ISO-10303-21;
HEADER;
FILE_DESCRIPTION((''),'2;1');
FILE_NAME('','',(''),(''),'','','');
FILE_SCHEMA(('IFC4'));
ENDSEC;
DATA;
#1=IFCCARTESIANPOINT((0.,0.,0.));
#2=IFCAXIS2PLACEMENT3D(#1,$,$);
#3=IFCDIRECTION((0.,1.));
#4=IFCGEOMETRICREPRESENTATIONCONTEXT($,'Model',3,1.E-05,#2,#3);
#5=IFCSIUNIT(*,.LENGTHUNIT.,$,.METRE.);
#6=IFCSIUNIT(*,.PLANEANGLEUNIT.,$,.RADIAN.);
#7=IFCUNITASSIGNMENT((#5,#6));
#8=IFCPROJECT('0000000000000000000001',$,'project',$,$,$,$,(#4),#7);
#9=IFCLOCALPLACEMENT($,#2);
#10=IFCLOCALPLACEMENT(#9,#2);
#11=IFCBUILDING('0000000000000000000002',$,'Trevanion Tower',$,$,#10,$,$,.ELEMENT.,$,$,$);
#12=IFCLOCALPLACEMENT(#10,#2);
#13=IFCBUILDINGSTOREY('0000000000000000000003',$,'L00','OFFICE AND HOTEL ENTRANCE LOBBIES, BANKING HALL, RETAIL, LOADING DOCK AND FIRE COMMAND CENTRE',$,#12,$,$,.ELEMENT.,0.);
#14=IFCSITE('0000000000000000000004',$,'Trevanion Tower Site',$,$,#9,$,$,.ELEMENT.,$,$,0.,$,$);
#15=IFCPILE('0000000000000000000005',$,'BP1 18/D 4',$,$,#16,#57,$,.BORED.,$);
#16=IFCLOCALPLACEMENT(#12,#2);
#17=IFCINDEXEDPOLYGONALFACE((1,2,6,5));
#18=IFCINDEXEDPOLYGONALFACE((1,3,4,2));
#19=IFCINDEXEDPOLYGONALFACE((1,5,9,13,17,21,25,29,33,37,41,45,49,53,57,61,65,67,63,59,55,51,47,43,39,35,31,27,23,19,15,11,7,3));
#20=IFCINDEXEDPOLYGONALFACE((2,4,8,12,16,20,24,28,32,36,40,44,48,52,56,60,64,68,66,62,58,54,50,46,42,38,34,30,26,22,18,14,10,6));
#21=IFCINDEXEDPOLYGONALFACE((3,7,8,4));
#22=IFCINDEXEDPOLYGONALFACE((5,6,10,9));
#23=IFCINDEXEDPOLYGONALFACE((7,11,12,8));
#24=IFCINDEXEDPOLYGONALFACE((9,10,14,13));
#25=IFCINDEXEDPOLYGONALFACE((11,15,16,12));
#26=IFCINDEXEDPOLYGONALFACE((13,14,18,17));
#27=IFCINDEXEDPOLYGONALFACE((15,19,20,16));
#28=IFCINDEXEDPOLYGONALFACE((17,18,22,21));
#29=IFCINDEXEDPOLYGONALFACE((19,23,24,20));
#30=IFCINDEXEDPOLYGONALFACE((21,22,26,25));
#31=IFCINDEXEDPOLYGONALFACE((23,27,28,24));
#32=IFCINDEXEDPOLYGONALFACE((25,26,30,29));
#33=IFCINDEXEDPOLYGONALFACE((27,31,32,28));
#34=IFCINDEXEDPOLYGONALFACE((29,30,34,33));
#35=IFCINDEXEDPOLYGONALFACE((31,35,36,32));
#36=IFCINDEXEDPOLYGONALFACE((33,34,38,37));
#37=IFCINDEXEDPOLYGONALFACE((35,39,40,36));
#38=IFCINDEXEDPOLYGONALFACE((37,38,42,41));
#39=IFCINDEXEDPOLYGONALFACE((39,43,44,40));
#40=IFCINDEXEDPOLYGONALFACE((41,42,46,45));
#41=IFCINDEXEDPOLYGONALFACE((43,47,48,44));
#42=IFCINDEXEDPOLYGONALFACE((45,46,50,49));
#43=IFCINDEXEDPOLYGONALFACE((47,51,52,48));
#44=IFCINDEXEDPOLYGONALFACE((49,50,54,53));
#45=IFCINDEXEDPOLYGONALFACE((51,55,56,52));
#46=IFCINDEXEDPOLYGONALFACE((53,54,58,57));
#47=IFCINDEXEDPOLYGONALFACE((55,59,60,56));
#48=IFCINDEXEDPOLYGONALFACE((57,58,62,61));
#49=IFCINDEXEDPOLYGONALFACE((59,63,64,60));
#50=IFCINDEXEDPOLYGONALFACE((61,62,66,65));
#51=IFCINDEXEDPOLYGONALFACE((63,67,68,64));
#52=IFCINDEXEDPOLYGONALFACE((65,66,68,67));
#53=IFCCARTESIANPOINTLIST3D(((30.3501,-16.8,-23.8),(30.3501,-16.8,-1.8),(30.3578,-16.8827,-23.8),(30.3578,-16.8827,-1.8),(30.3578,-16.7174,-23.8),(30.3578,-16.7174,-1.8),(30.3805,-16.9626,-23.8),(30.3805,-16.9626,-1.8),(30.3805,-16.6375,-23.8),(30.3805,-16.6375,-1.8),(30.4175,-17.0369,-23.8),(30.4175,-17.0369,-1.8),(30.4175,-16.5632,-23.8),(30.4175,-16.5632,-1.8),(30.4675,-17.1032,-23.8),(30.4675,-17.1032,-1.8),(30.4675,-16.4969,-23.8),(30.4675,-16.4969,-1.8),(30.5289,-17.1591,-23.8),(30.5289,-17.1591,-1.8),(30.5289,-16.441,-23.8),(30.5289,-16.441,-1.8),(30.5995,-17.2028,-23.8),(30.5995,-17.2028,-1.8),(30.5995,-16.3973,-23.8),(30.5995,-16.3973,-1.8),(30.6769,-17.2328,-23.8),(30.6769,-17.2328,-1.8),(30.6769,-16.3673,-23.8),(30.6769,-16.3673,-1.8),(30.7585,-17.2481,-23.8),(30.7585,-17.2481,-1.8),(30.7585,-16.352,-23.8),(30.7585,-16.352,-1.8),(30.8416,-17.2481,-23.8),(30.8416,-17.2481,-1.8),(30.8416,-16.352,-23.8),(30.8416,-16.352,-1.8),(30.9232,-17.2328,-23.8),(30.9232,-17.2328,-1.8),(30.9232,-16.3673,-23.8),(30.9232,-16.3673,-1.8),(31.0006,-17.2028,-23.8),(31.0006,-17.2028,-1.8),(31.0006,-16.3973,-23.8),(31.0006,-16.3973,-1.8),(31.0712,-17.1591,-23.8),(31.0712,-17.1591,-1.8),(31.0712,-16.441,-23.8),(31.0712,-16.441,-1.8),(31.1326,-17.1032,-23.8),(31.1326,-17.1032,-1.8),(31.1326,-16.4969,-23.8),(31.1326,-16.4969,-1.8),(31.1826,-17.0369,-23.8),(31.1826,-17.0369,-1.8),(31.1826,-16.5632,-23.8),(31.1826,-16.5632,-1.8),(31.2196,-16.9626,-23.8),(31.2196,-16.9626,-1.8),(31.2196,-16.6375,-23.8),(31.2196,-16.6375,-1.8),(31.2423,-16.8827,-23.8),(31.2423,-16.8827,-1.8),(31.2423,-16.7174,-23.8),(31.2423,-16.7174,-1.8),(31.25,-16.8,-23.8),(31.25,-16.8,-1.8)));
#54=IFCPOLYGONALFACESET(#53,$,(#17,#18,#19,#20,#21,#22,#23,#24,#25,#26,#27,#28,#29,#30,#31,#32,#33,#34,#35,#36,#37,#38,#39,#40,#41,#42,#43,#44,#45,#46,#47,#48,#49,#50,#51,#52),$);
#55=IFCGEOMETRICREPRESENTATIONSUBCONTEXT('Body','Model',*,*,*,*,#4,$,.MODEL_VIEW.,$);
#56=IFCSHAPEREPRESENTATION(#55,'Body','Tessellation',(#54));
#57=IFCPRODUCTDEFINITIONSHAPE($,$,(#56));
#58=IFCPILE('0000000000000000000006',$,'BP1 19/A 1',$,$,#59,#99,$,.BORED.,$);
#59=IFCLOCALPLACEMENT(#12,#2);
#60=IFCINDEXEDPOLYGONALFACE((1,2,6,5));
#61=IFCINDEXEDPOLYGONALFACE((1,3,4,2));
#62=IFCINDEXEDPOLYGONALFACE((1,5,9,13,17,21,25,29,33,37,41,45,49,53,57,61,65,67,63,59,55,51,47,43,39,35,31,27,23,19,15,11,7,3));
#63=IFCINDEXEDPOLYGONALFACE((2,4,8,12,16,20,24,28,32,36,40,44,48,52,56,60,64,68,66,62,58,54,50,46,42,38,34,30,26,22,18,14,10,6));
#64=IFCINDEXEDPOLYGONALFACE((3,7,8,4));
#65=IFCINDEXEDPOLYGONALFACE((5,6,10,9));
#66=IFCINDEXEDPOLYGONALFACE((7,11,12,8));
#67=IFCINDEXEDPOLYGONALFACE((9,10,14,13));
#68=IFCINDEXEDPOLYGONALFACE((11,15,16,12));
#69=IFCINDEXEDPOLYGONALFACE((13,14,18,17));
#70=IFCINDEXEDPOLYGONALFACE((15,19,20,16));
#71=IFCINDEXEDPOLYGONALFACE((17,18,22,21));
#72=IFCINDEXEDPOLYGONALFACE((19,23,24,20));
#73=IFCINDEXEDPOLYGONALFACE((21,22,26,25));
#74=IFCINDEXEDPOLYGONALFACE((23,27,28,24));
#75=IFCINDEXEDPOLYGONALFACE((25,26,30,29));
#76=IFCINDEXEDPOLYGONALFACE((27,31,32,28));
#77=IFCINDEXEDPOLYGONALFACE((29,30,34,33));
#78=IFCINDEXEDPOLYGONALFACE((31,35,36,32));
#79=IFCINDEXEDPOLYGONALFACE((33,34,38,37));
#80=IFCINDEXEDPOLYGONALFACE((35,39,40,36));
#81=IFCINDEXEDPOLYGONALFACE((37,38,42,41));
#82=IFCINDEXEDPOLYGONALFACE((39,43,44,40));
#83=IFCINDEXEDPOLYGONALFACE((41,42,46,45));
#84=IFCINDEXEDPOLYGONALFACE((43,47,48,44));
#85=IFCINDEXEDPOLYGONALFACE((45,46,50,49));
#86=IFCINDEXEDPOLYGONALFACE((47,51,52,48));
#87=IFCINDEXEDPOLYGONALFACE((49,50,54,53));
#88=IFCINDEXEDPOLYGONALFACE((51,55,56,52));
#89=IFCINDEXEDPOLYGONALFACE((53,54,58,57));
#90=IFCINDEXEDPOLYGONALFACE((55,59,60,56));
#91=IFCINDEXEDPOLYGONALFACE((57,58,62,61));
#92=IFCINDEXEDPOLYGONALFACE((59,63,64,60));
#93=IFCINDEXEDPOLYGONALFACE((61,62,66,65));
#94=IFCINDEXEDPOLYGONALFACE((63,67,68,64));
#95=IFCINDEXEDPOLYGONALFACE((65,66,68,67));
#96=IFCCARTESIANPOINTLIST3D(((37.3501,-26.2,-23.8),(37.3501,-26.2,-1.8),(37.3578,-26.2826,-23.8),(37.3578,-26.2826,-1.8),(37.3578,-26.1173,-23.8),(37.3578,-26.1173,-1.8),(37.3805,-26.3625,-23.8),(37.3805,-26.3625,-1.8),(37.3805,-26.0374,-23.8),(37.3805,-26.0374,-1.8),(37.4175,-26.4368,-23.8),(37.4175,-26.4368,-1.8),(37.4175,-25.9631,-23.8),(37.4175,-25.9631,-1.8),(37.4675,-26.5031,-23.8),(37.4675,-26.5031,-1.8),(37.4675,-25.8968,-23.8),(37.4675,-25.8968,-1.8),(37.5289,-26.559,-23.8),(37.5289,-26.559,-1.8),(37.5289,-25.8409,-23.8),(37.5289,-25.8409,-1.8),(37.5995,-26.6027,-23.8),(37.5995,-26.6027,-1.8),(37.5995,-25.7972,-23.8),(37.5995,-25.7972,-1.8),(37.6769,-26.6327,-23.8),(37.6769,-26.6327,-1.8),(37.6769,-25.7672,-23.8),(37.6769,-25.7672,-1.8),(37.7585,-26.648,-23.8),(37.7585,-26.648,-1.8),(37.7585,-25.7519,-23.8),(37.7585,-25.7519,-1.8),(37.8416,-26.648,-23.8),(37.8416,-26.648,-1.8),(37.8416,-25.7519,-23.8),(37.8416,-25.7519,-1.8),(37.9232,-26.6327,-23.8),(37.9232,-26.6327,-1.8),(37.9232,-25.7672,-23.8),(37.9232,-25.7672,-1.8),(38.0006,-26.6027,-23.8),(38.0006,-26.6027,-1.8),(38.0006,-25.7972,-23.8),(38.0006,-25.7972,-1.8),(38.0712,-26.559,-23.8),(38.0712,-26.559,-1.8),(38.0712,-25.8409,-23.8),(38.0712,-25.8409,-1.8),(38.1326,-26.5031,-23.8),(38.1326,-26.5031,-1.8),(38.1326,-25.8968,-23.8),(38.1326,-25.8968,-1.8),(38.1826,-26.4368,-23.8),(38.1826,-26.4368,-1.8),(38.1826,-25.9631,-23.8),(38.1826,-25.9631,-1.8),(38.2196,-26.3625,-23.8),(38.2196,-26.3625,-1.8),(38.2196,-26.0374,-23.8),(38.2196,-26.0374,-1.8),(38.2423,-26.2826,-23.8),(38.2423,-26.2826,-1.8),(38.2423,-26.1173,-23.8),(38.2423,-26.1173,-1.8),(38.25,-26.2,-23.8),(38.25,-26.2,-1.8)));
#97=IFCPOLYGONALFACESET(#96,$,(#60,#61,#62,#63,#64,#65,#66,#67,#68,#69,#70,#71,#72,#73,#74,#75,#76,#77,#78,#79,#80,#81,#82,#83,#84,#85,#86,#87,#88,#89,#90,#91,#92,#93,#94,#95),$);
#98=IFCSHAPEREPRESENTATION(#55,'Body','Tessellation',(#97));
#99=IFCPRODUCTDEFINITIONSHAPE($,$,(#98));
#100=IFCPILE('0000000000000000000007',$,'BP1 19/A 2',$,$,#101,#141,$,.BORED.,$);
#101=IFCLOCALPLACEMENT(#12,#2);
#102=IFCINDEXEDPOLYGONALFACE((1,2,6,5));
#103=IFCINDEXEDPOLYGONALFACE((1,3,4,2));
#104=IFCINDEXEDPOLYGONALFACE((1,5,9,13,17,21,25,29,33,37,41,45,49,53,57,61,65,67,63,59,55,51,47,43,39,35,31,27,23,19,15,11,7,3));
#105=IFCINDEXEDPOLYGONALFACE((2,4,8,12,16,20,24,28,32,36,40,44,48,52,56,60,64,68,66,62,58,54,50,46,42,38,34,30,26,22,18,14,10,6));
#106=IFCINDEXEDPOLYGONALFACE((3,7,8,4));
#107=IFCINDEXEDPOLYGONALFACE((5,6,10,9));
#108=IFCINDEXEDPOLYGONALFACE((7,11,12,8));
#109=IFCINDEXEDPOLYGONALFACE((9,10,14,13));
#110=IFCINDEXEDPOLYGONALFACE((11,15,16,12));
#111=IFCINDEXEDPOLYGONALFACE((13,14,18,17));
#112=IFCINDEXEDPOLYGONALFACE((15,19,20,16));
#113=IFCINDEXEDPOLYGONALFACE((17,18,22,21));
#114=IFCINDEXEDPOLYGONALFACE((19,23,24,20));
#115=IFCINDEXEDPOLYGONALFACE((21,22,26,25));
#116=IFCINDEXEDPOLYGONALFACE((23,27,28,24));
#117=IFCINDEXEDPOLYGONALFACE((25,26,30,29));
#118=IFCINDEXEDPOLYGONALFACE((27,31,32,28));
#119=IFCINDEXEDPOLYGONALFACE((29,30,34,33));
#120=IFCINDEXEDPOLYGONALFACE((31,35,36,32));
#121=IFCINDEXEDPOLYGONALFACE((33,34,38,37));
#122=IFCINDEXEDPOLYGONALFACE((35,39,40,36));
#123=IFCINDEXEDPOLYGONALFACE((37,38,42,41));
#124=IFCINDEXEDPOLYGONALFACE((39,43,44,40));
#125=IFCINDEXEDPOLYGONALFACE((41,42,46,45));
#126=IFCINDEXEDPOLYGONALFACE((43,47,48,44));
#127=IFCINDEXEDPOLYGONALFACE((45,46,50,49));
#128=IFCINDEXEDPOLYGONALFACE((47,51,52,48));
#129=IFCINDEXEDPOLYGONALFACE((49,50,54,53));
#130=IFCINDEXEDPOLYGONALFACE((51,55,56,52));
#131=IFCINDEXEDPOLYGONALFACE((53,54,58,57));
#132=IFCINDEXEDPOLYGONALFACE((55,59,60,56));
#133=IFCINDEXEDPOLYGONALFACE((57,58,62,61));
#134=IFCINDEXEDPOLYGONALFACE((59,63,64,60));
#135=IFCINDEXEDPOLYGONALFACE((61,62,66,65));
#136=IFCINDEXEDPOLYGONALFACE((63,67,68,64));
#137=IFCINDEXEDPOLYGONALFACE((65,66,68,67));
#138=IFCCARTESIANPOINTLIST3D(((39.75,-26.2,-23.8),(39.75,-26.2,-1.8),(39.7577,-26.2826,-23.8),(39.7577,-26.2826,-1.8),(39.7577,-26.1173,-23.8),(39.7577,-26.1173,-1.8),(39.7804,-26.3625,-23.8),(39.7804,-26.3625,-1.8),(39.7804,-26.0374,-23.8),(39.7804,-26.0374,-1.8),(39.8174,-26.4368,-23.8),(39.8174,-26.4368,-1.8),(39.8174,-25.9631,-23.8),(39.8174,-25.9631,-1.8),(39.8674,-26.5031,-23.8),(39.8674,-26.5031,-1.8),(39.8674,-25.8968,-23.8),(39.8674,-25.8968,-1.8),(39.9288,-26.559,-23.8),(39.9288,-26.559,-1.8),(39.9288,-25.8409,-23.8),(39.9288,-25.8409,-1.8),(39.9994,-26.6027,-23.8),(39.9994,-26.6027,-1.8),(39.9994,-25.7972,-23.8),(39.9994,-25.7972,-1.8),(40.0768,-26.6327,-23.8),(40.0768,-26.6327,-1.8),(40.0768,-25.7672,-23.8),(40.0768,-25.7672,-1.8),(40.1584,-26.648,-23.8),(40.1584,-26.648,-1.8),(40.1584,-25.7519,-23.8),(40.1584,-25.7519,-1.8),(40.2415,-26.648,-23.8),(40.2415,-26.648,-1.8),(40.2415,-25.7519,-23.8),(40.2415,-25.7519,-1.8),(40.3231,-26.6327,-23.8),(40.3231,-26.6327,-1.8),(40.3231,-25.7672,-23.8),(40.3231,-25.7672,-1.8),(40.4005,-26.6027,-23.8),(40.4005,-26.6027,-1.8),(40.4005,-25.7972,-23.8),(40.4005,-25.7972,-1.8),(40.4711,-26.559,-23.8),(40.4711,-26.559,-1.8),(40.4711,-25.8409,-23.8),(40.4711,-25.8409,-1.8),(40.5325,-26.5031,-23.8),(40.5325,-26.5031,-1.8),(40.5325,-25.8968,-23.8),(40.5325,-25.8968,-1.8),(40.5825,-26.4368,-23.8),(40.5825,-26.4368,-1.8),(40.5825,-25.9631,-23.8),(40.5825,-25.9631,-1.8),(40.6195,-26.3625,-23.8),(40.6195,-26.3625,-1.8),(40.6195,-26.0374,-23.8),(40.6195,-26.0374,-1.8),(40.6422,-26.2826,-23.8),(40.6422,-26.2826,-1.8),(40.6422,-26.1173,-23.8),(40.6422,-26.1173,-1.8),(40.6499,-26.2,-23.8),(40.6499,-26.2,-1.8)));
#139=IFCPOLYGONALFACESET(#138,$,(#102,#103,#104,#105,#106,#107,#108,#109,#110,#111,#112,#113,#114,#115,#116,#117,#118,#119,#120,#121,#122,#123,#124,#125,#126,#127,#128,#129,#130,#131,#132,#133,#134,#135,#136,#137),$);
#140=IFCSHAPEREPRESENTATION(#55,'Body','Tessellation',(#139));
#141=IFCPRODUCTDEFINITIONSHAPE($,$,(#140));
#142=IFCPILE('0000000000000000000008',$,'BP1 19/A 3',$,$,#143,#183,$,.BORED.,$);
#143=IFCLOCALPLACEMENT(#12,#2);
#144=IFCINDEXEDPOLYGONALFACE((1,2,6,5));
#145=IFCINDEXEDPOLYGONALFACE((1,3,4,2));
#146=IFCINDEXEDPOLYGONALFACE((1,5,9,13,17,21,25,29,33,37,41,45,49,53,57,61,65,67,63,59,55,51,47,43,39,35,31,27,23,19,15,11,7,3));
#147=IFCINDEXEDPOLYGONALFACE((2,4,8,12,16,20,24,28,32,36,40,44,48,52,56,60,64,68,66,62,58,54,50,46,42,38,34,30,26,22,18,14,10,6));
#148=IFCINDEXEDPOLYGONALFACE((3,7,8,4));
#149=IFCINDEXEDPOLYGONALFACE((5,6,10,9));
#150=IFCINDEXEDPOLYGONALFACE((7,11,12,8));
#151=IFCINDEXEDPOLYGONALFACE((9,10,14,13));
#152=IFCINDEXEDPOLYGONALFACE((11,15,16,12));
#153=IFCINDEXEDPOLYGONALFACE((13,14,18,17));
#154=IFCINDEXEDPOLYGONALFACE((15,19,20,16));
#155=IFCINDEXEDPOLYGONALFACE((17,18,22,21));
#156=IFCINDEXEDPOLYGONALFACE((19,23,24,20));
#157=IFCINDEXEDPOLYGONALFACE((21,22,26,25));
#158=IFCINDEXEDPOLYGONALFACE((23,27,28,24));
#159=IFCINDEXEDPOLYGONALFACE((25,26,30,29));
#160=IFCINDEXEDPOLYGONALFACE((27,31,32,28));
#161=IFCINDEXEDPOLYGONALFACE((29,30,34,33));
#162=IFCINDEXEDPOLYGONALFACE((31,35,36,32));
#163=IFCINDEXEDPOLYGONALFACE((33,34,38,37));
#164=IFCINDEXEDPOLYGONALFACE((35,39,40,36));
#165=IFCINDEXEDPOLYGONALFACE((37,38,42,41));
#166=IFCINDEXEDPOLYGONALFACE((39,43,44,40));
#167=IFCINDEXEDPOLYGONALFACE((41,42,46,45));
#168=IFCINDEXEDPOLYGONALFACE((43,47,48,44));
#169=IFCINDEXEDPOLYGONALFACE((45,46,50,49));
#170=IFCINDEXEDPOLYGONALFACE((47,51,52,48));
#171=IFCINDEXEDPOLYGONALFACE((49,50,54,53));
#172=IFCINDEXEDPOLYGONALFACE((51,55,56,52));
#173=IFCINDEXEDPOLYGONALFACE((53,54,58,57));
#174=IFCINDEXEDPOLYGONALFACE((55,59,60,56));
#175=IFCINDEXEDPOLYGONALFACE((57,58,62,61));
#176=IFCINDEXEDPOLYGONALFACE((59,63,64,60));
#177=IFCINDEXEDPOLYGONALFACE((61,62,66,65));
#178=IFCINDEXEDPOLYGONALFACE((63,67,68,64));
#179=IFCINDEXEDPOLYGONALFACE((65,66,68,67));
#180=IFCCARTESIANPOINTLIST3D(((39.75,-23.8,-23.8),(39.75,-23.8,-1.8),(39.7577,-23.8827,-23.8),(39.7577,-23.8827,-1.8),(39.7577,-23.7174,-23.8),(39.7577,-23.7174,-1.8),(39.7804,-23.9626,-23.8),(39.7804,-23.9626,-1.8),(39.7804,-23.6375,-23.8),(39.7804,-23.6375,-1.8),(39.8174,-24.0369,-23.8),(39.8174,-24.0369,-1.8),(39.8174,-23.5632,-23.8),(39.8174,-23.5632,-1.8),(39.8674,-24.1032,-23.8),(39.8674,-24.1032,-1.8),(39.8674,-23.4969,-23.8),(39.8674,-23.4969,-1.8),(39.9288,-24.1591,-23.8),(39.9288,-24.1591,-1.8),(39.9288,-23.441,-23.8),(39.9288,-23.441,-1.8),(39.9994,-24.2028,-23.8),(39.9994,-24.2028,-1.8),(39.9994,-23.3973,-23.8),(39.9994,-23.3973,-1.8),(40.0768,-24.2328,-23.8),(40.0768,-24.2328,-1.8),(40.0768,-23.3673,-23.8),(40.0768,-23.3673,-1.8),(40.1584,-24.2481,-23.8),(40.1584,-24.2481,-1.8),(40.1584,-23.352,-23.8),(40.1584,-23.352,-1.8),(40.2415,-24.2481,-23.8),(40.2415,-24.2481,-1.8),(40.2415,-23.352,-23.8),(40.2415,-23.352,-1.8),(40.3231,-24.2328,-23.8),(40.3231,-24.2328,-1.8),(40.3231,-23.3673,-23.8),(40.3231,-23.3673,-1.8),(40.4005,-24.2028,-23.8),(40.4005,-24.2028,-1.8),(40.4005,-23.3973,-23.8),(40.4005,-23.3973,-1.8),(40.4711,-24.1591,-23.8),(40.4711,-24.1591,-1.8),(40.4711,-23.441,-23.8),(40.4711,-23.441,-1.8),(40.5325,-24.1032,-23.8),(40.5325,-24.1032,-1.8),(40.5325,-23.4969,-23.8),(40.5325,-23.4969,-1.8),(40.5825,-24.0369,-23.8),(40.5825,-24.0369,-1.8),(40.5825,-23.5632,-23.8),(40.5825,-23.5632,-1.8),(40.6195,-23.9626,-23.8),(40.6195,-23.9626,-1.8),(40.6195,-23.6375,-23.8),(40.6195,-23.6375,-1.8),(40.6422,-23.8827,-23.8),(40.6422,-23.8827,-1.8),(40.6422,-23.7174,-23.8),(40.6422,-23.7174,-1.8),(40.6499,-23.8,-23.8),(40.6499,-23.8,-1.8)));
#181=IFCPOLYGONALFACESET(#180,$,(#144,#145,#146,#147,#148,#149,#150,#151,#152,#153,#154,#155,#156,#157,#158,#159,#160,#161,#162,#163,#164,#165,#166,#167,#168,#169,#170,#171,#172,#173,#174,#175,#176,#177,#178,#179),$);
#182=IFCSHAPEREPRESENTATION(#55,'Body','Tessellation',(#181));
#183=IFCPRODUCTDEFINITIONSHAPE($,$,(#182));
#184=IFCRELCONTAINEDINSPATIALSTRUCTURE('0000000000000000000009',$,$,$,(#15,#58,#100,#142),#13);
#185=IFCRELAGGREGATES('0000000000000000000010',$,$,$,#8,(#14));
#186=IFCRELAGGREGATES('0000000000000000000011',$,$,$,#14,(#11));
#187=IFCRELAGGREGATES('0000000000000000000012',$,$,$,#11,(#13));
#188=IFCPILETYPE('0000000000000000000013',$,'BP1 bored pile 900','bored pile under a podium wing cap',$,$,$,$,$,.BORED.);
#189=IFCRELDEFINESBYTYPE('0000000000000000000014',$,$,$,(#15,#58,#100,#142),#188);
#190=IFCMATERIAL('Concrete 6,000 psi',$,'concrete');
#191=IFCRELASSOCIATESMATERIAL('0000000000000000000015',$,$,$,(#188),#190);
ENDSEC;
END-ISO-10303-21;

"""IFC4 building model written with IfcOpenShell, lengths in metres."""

from ifc_helpers import new_model, si_unit, direction, frame, origin, origin_2d, place, context, subcontext, project, spatial, circle, extrude, material, material_profile, profile_set, type_object, element, save


model = new_model("IFC4")

# Units and contexts
model_context = context("Model", 3, precision=1e-05, world=origin(), true_north=direction((0.0, 1.0)))
body_context = subcontext(model_context, "Body", "Model", "MODEL_VIEW")
ifc_project = project(units=[si_unit("LENGTHUNIT", "METRE"), si_unit("PLANEANGLEUNIT", "RADIAN")], contexts=[model_context])

# Site, building, storey
site_placement = place(None, origin())
site = spatial("IfcSite", under=ifc_project, at=site_placement, Name="Trevanion Tower Site", CompositionType="ELEMENT", RefElevation=0.0)
building_placement = place(site_placement, origin())
building = spatial("IfcBuilding", under=site, at=building_placement, Name="Trevanion Tower", CompositionType="ELEMENT")
storey_placement = place(building_placement, origin())
storey = spatial("IfcBuildingStorey", under=building, at=storey_placement, Name="L00", Description="OFFICE AND HOTEL ENTRANCE LOBBIES, BANKING HALL, RETAIL, LOADING DOCK AND FIRE COMMAND CENTRE", CompositionType="ELEMENT", Elevation=0.0)

# Piles
ifc_material_1 = material(Name="Concrete 6,000 psi", Category="concrete")
ifc_material_profile_1 = material_profile(ifc_material_1, circle(Radius=0.45, at=origin_2d()), Name="BP1 bored pile 900")
ifc_profile_set_1 = profile_set([ifc_material_profile_1], Name="Concrete 6,000 psi")
pile_type = type_object("IfcPileType", Name="BP1 bored pile 900", Description="bored pile under a podium wing cap", PredefinedType="BORED", material=ifc_profile_set_1)
for number, where, z_axis, x_axis, name in (
    (1, (30.8, -16.8, -1.8), (0.0, 0.0, -1.0), (1.0, 0.0, 0.0), "BP1 18/D 4"),
    (2, (37.8, -26.2, -1.8), (0.0, 0.0, -1.0), (1.0, 0.0, 0.0), "BP1 19/A 1"),
    (3, (40.2, -26.2, -1.8), (0.0, 0.0, -1.0), (1.0, 0.0, 0.0), "BP1 19/A 2"),
    (4, (40.2, -23.8, -1.8), (0.0, 0.0, -1.0), (1.0, 0.0, 0.0), "BP1 19/A 3"),
):
    element("IfcPile", number, at=place(storey_placement, frame(where, z_axis=z_axis, x_axis=x_axis)), inside=storey, type_object=pile_type, Name=name, PredefinedType="BORED", context=body_context, shape_type="SweptSolid", body=[
        extrude(circle(Radius=0.45, at=origin_2d()), origin(), (0.0, 0.0, 1.0), 22.0),
    ])

save(model, "model.ifc")
